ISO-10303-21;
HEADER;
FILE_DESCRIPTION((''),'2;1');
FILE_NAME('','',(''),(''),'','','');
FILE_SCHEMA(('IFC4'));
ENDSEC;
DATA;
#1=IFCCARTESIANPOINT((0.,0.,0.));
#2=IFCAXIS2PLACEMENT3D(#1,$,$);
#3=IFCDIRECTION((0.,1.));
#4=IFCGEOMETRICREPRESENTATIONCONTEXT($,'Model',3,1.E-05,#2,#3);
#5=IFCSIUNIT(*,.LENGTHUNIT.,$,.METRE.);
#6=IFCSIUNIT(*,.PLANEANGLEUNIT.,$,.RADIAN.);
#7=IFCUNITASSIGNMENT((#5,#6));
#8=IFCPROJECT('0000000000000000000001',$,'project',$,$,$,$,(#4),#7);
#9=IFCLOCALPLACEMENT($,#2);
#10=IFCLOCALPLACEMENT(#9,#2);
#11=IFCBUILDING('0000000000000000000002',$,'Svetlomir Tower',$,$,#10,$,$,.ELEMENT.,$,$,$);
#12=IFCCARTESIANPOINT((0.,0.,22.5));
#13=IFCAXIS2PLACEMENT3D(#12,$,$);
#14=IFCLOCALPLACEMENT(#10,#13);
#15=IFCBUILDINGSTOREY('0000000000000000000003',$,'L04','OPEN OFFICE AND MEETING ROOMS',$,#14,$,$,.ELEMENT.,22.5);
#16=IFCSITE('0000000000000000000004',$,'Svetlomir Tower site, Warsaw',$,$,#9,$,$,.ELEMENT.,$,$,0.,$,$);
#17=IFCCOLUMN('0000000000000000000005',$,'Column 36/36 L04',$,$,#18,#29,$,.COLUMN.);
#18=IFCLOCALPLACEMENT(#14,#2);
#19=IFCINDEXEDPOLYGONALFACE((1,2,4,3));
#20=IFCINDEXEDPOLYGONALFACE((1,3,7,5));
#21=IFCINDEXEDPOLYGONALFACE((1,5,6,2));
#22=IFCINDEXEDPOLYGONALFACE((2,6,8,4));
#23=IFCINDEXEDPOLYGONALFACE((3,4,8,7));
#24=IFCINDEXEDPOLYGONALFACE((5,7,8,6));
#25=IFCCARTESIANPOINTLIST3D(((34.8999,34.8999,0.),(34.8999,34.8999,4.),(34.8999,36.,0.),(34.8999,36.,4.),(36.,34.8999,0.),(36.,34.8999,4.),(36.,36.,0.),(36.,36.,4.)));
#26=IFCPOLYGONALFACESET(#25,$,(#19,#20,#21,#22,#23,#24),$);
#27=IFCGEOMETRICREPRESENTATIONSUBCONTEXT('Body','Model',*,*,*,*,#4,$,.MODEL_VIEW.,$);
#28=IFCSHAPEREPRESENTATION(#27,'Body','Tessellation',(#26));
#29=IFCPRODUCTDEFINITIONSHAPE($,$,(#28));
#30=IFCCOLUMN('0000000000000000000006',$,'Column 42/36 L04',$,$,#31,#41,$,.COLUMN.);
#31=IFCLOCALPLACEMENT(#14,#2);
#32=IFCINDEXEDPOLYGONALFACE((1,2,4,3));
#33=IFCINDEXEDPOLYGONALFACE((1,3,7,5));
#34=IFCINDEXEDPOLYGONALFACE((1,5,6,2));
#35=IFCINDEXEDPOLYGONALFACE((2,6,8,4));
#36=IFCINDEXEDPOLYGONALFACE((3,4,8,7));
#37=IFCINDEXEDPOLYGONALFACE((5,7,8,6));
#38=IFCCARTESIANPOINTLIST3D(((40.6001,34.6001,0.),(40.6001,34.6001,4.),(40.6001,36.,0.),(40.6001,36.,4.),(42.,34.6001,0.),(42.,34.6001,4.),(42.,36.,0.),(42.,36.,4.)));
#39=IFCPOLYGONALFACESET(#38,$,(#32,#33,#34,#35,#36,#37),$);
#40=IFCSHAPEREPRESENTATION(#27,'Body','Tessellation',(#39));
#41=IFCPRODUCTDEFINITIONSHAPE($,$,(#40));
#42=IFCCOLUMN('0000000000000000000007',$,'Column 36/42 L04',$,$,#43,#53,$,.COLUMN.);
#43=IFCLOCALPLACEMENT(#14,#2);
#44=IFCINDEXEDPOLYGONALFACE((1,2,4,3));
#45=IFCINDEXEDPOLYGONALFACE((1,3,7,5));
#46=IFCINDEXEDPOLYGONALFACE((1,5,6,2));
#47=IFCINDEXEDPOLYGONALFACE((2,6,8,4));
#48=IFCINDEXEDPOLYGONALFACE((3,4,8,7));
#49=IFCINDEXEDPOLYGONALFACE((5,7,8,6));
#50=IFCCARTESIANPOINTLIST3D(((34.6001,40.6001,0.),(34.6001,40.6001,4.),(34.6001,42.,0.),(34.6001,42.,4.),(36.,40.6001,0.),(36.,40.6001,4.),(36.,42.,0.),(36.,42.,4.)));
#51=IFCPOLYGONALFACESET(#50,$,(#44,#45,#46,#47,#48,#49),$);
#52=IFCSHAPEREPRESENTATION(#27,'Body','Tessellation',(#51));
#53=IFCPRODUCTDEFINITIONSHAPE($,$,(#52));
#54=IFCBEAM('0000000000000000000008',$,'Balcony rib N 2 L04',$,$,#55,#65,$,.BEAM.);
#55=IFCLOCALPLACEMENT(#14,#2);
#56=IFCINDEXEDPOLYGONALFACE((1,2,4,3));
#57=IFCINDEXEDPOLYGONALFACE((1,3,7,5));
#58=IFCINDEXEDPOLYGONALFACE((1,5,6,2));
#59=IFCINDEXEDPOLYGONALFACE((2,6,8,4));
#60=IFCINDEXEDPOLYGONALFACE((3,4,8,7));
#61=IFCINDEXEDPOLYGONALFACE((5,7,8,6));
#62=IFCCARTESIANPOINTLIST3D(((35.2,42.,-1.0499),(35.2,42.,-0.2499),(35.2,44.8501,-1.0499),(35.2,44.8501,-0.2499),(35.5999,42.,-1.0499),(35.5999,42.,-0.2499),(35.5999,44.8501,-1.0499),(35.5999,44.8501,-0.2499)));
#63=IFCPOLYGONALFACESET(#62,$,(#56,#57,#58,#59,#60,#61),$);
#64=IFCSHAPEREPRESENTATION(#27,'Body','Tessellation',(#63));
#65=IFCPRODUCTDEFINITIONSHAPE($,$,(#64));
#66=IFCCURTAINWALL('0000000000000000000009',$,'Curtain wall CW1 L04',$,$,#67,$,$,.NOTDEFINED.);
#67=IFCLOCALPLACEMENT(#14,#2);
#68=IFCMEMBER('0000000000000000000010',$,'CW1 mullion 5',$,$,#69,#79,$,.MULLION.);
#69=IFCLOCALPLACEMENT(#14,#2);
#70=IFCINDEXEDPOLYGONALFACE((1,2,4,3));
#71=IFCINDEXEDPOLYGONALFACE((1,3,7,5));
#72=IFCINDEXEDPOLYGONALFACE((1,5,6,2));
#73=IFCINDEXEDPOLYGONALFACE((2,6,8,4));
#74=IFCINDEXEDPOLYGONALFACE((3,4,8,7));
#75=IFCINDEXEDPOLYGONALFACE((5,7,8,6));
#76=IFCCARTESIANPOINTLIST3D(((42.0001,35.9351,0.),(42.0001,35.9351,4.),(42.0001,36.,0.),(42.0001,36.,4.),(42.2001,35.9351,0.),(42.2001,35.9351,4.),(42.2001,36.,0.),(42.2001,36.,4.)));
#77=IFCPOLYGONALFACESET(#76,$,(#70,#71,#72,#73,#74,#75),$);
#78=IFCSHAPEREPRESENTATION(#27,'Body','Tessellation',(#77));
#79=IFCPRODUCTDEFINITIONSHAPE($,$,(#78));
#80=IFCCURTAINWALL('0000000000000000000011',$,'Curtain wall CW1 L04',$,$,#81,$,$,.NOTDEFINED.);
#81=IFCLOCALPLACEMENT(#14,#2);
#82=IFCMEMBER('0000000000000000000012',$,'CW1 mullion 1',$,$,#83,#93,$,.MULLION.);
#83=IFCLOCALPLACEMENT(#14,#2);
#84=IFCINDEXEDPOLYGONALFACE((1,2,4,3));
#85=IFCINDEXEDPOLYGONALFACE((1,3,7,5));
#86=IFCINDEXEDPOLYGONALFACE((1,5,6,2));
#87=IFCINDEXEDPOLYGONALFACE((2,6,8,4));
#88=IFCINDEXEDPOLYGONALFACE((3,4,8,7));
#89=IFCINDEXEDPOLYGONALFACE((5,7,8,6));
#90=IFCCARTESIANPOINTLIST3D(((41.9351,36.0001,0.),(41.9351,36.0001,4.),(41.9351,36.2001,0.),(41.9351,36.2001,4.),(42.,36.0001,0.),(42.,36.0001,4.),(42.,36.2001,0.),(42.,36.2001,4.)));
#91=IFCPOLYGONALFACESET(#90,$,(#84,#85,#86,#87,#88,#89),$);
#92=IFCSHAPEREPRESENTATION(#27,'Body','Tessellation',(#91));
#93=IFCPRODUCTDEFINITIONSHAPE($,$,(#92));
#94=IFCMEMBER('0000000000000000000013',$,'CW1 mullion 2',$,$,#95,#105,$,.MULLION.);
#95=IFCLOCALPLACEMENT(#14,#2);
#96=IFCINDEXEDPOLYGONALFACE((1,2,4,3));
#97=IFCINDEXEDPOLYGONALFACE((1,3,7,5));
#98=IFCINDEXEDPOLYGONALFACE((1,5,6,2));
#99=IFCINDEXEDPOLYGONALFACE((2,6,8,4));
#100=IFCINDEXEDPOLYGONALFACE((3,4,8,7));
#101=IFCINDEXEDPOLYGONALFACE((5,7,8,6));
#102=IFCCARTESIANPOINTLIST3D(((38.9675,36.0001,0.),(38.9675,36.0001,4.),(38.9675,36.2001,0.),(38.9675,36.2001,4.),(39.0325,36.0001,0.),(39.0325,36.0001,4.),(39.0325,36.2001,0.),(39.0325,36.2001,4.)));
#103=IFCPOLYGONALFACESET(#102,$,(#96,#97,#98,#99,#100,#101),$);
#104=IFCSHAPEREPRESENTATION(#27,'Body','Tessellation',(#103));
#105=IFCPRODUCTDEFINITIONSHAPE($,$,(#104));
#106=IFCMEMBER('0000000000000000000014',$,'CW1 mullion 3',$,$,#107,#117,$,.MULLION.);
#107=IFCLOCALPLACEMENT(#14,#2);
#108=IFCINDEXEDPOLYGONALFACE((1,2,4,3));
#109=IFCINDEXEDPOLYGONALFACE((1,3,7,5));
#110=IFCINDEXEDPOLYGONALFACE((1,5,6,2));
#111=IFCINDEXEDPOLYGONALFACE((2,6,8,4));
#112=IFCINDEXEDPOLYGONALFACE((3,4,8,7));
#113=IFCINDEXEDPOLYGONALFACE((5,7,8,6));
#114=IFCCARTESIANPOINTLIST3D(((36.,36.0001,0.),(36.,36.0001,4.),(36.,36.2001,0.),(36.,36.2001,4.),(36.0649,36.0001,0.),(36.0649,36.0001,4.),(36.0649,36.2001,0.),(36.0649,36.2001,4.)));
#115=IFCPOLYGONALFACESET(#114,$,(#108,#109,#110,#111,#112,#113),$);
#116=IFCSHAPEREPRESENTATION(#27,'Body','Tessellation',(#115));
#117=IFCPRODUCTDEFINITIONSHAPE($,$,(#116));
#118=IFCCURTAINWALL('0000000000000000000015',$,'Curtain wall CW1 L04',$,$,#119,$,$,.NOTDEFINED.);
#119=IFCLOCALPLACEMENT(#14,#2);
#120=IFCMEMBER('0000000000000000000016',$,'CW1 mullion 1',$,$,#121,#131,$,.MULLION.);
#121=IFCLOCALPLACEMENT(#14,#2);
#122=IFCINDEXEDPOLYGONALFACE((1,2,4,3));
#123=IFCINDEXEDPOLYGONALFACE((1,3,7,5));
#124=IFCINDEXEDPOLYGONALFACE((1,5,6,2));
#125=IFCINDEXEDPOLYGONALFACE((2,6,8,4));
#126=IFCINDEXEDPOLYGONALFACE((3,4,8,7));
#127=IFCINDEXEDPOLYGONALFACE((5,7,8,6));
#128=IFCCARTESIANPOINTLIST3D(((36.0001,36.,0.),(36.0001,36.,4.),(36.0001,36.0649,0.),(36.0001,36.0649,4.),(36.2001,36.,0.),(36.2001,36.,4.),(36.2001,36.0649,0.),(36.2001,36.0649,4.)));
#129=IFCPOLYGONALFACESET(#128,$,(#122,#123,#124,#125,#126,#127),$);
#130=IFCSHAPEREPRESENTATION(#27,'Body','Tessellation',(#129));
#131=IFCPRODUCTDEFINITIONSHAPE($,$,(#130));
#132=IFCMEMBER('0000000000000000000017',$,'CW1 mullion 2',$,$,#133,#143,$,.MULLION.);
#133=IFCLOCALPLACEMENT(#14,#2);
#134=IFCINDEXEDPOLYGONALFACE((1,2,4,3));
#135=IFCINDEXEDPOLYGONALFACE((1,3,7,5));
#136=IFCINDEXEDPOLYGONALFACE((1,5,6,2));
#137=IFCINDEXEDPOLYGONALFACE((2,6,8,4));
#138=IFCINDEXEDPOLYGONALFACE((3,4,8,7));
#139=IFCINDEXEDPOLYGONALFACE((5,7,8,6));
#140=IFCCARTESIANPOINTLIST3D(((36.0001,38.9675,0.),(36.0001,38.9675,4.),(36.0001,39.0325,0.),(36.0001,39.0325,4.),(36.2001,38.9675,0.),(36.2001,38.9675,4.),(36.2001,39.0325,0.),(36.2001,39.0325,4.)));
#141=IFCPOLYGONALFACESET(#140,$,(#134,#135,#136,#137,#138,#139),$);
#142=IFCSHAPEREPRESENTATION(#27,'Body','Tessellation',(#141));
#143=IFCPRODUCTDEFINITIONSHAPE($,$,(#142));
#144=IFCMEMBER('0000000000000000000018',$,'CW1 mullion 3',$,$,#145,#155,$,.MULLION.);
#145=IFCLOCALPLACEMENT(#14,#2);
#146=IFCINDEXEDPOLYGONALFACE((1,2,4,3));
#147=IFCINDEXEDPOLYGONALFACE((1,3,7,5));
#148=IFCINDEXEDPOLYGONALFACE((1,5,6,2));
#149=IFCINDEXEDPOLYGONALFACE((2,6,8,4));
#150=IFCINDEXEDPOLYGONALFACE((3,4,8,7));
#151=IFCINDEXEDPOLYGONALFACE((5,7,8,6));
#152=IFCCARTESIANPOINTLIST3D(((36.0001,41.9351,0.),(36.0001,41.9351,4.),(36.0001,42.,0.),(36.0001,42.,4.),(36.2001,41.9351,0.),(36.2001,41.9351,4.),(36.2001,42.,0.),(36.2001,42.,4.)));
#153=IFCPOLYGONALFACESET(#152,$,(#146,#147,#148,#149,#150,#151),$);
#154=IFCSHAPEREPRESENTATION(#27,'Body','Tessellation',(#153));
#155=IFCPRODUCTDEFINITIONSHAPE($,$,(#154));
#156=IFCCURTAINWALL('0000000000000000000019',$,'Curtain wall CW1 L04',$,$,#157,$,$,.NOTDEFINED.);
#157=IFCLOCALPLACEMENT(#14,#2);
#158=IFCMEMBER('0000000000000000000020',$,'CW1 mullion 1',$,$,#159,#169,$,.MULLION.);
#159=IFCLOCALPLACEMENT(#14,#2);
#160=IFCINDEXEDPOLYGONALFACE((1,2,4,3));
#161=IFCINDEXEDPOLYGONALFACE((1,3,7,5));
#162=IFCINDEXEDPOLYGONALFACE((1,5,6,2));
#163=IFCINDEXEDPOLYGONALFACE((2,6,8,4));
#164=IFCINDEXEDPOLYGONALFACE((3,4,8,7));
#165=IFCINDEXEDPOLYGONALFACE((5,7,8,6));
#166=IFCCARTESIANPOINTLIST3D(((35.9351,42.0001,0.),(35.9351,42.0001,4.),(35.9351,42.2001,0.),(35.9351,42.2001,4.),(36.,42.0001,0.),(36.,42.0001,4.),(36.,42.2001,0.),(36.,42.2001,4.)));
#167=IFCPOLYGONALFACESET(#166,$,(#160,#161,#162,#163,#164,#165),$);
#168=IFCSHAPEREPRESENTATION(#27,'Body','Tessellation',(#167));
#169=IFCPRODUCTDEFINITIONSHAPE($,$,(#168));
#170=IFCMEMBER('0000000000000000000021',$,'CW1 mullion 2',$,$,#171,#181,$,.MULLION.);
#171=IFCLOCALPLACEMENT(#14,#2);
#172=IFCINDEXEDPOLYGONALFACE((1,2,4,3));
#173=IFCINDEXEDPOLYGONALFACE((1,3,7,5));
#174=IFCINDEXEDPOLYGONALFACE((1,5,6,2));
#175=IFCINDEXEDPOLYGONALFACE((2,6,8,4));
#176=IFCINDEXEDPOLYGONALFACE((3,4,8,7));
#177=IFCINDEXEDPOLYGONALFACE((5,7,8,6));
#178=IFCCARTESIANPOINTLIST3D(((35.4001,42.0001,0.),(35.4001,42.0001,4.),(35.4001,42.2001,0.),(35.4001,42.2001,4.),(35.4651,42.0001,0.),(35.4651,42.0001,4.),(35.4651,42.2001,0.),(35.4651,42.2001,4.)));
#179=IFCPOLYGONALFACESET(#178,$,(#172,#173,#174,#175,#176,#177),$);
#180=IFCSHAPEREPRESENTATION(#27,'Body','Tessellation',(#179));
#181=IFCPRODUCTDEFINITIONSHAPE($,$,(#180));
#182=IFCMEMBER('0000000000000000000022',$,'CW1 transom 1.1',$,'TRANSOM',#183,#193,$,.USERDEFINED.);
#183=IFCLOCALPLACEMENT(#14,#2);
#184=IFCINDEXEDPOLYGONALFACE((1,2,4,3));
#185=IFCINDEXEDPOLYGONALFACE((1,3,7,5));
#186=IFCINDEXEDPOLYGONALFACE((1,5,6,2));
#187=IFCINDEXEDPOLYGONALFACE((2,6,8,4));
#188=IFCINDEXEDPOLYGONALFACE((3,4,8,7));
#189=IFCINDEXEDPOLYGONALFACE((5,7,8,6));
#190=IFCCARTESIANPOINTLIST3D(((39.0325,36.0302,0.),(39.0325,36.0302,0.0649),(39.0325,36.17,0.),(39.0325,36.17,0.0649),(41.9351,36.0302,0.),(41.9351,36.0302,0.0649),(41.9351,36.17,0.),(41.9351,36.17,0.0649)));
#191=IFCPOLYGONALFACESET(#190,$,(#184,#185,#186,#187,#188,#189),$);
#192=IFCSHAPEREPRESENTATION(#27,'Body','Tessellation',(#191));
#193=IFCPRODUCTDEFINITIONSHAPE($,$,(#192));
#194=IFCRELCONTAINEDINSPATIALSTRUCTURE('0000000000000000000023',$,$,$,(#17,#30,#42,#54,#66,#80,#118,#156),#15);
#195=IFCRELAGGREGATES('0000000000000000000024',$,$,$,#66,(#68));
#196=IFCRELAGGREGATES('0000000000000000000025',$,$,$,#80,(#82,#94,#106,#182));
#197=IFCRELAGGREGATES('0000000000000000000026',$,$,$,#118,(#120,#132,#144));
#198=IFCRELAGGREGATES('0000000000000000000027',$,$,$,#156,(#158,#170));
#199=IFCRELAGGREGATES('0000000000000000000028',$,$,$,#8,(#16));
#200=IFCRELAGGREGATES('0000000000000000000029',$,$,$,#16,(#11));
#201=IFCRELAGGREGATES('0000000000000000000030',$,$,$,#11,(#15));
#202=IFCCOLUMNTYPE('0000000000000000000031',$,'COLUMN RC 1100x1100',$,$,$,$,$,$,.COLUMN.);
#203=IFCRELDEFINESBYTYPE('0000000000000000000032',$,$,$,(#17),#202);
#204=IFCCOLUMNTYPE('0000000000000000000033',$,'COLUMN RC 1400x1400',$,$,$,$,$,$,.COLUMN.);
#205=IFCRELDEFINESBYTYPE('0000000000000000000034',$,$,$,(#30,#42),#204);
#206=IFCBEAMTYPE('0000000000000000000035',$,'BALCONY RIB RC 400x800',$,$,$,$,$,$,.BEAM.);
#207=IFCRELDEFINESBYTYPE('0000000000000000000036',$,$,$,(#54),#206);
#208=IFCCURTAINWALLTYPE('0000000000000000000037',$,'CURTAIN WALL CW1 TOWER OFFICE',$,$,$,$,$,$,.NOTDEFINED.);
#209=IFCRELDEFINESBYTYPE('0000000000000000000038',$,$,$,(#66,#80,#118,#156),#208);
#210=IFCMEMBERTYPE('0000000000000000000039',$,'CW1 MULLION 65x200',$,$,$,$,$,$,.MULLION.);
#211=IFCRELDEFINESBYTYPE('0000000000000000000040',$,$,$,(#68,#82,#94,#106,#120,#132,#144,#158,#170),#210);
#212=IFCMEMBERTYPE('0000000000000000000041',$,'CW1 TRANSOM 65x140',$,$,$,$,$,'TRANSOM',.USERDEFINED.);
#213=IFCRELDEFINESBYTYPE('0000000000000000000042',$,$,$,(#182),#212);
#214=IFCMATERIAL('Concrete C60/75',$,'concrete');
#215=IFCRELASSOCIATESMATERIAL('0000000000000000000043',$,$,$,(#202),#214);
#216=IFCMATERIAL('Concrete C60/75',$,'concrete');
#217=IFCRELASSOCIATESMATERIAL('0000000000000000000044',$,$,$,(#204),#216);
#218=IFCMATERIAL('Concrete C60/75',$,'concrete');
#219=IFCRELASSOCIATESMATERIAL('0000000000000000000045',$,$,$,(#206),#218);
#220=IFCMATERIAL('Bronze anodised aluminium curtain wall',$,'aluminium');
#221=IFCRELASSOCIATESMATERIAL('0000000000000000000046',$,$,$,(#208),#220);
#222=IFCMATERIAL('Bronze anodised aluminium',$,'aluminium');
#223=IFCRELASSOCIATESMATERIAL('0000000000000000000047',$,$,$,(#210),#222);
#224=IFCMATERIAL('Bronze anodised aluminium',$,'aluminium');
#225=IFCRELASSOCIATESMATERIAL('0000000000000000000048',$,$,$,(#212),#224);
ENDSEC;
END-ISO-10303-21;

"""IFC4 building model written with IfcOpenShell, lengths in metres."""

from ifc_helpers import new_model, si_unit, direction, frame, origin, origin_2d, place, context, subcontext, project, spatial, rectangle, extrude, material, material_profile, profile_set, type_object, element, aggregate, save


model = new_model("IFC4")

# Units and contexts
model_context = context("Model", 3, precision=1e-05, world=origin(), true_north=direction((0.0, 1.0)))
body_context = subcontext(model_context, "Body", "Model", "MODEL_VIEW")
ifc_project = project(units=[si_unit("LENGTHUNIT", "METRE"), si_unit("PLANEANGLEUNIT", "RADIAN")], contexts=[model_context])

# Site, building, storey
site_placement = place(None, origin())
site = spatial("IfcSite", under=ifc_project, at=site_placement, Name="Svetlomir Tower site, Warsaw", CompositionType="ELEMENT", RefElevation=0.0)
building_placement = place(site_placement, origin())
building = spatial("IfcBuilding", under=site, at=building_placement, Name="Svetlomir Tower", CompositionType="ELEMENT")
storey_placement = place(building_placement, frame((0.0, 0.0, 22.5)))
storey = spatial("IfcBuildingStorey", under=building, at=storey_placement, Name="L04", Description="OPEN OFFICE AND MEETING ROOMS", CompositionType="ELEMENT", Elevation=22.5)

# Columns
ifc_material_1 = material(Name="Concrete C60/75", Category="concrete")
ifc_material_profile_1 = material_profile(ifc_material_1, rectangle(XDim=1.1001, YDim=1.1001, at=origin_2d()), Name="RC 1100x1100")
ifc_profile_set_1 = profile_set([ifc_material_profile_1], Name="Concrete C60/75")
column_type_1 = type_object("IfcColumnType", Name="COLUMN RC 1100x1100", PredefinedType="COLUMN", material=ifc_profile_set_1)
column_placement = place(storey_placement, frame((35.45, 35.45, 0.0), z_axis=(0.0, 0.0, 1.0), x_axis=(1.0, 0.0, 0.0)))
element("IfcColumn", 1, at=column_placement, inside=storey, type_object=column_type_1, Name="Column 36/36 L04", PredefinedType="COLUMN", context=body_context, shape_type="SweptSolid", body=[
    extrude(rectangle(XDim=1.1001, YDim=1.1001, at=origin_2d()), origin(), (0.0, 0.0, 1.0), 4.0),
])
ifc_material_2 = material(Name="Concrete C60/75", Category="concrete")
ifc_material_profile_2 = material_profile(ifc_material_2, rectangle(XDim=1.3999, YDim=1.3999, at=origin_2d()), Name="RC 1400x1400")
ifc_profile_set_2 = profile_set([ifc_material_profile_2], Name="Concrete C60/75")
column_type_2 = type_object("IfcColumnType", Name="COLUMN RC 1400x1400", PredefinedType="COLUMN", material=ifc_profile_set_2)
for number, where, z_axis, x_axis, name in (
    (2, (41.3, 35.3, 0.0), (0.0, 0.0, 1.0), (1.0, 0.0, 0.0), "Column 42/36 L04"),
    (3, (35.3, 41.3, 0.0), (0.0, 0.0, 1.0), (1.0, 0.0, 0.0), "Column 36/42 L04"),
):
    element("IfcColumn", number, at=place(storey_placement, frame(where, z_axis=z_axis, x_axis=x_axis)), inside=storey, type_object=column_type_2, Name=name, PredefinedType="COLUMN", context=body_context, shape_type="SweptSolid", body=[
        extrude(rectangle(XDim=1.3999, YDim=1.3999, at=origin_2d()), origin(), (0.0, 0.0, 1.0), 4.0),
    ])

# Beam
ifc_material_3 = material(Name="Concrete C60/75", Category="concrete")
ifc_material_profile_3 = material_profile(ifc_material_3, rectangle(XDim=0.3999, YDim=0.8, at=origin_2d()), Name="RC 400x800")
ifc_profile_set_3 = profile_set([ifc_material_profile_3], Name="Concrete C60/75")
beam_type_1 = type_object("IfcBeamType", Name="BALCONY RIB RC 400x800", PredefinedType="BEAM", material=ifc_profile_set_3)
beam_placement = place(storey_placement, frame((35.3999, 42.0, -0.6499), z_axis=(0.0, 1.0, 0.0), x_axis=(-1.0, 0.0, 0.0)))
element("IfcBeam", 4, at=beam_placement, inside=storey, type_object=beam_type_1, Name="Balcony rib N 2 L04", PredefinedType="BEAM", context=body_context, shape_type="SweptSolid", body=[
    extrude(rectangle(XDim=0.3999, YDim=0.8, at=origin_2d()), origin(), (0.0, 0.0, 1.0), 2.8501),
])

# Curtain wall, member
ifc_material_4 = material(Name="Bronze anodised aluminium curtain wall", Category="aluminium")
curtain_wall_type = type_object("IfcCurtainWallType", Name="CURTAIN WALL CW1 TOWER OFFICE", PredefinedType="NOTDEFINED", material=ifc_material_4)
curtain_wall_1_placement = place(storey_placement, origin())
curtain_wall_1 = element("IfcCurtainWall", 5, at=curtain_wall_1_placement, inside=storey, type_object=curtain_wall_type, Name="Curtain wall CW1 L04", PredefinedType="NOTDEFINED")
ifc_material_5 = material(Name="Bronze anodised aluminium", Category="aluminium")
ifc_material_profile_4 = material_profile(ifc_material_5, rectangle(XDim=0.0649, YDim=0.2, at=origin_2d()), Name="AL 65x200")
ifc_profile_set_4 = profile_set([ifc_material_profile_4], Name="Bronze anodised aluminium 6063-T6")
member_type_1 = type_object("IfcMemberType", Name="CW1 MULLION 65x200", PredefinedType="MULLION", material=ifc_profile_set_4)
member_1_placement = place(storey_placement, frame((42.1001, 35.9675, 0.0), z_axis=(0.0, 0.0, 1.0), x_axis=(0.0, 1.0, 0.0)))
member_1 = element("IfcMember", 6, at=member_1_placement, type_object=member_type_1, Name="CW1 mullion 5", PredefinedType="MULLION", context=body_context, shape_type="SweptSolid", body=[
    extrude(rectangle(XDim=0.0649, YDim=0.2, at=origin_2d()), origin(), (0.0, 0.0, 1.0), 4.0),
])

# Curtain walls, members
curtain_wall_2_placement = place(storey_placement, origin())
curtain_wall_2 = element("IfcCurtainWall", 7, at=curtain_wall_2_placement, inside=storey, type_object=curtain_wall_type, Name="Curtain wall CW1 L04", PredefinedType="NOTDEFINED")
member_2_placement = place(storey_placement, frame((41.9675, 36.1001, 0.0), z_axis=(0.0, 0.0, 1.0), x_axis=(-1.0, 0.0, 0.0)))
member_2 = element("IfcMember", 8, at=member_2_placement, type_object=member_type_1, Name="CW1 mullion 1", PredefinedType="MULLION", context=body_context, shape_type="SweptSolid", body=[
    extrude(rectangle(XDim=0.0649, YDim=0.2, at=origin_2d()), origin(), (0.0, 0.0, 1.0), 4.0),
])
member_3_placement = place(storey_placement, frame((39.0, 36.1001, 0.0), z_axis=(0.0, 0.0, 1.0), x_axis=(-1.0, 0.0, 0.0)))
member_3 = element("IfcMember", 9, at=member_3_placement, type_object=member_type_1, Name="CW1 mullion 2", PredefinedType="MULLION", context=body_context, shape_type="SweptSolid", body=[
    extrude(rectangle(XDim=0.0649, YDim=0.2, at=origin_2d()), origin(), (0.0, 0.0, 1.0), 4.0),
])
member_4_placement = place(storey_placement, frame((36.0325, 36.1001, 0.0), z_axis=(0.0, 0.0, 1.0), x_axis=(-1.0, 0.0, 0.0)))
member_4 = element("IfcMember", 10, at=member_4_placement, type_object=member_type_1, Name="CW1 mullion 3", PredefinedType="MULLION", context=body_context, shape_type="SweptSolid", body=[
    extrude(rectangle(XDim=0.0649, YDim=0.2, at=origin_2d()), origin(), (0.0, 0.0, 1.0), 4.0),
])
curtain_wall_3_placement = place(storey_placement, origin())
curtain_wall_3 = element("IfcCurtainWall", 11, at=curtain_wall_3_placement, inside=storey, type_object=curtain_wall_type, Name="Curtain wall CW1 L04", PredefinedType="NOTDEFINED")
member_5_placement = place(storey_placement, frame((36.1001, 36.0325, 0.0), z_axis=(0.0, 0.0, 1.0), x_axis=(0.0, 1.0, 0.0)))
member_5 = element("IfcMember", 12, at=member_5_placement, type_object=member_type_1, Name="CW1 mullion 1", PredefinedType="MULLION", context=body_context, shape_type="SweptSolid", body=[
    extrude(rectangle(XDim=0.0649, YDim=0.2, at=origin_2d()), origin(), (0.0, 0.0, 1.0), 4.0),
])
member_6_placement = place(storey_placement, frame((36.1001, 39.0, 0.0), z_axis=(0.0, 0.0, 1.0), x_axis=(0.0, 1.0, 0.0)))
member_6 = element("IfcMember", 13, at=member_6_placement, type_object=member_type_1, Name="CW1 mullion 2", PredefinedType="MULLION", context=body_context, shape_type="SweptSolid", body=[
    extrude(rectangle(XDim=0.0649, YDim=0.2, at=origin_2d()), origin(), (0.0, 0.0, 1.0), 4.0),
])
member_7_placement = place(storey_placement, frame((36.1001, 41.9675, 0.0), z_axis=(0.0, 0.0, 1.0), x_axis=(0.0, 1.0, 0.0)))
member_7 = element("IfcMember", 14, at=member_7_placement, type_object=member_type_1, Name="CW1 mullion 3", PredefinedType="MULLION", context=body_context, shape_type="SweptSolid", body=[
    extrude(rectangle(XDim=0.0649, YDim=0.2, at=origin_2d()), origin(), (0.0, 0.0, 1.0), 4.0),
])
curtain_wall_4_placement = place(storey_placement, origin())
curtain_wall_4 = element("IfcCurtainWall", 15, at=curtain_wall_4_placement, inside=storey, type_object=curtain_wall_type, Name="Curtain wall CW1 L04", PredefinedType="NOTDEFINED")
member_8_placement = place(storey_placement, frame((35.9675, 42.1001, 0.0), z_axis=(0.0, 0.0, 1.0), x_axis=(-1.0, 0.0, 0.0)))
member_8 = element("IfcMember", 16, at=member_8_placement, type_object=member_type_1, Name="CW1 mullion 1", PredefinedType="MULLION", context=body_context, shape_type="SweptSolid", body=[
    extrude(rectangle(XDim=0.0649, YDim=0.2, at=origin_2d()), origin(), (0.0, 0.0, 1.0), 4.0),
])
member_9_placement = place(storey_placement, frame((35.4326, 42.1001, 0.0), z_axis=(0.0, 0.0, 1.0), x_axis=(-1.0, 0.0, 0.0)))
member_9 = element("IfcMember", 17, at=member_9_placement, type_object=member_type_1, Name="CW1 mullion 2", PredefinedType="MULLION", context=body_context, shape_type="SweptSolid", body=[
    extrude(rectangle(XDim=0.0649, YDim=0.2, at=origin_2d()), origin(), (0.0, 0.0, 1.0), 4.0),
])

# Member
ifc_material_6 = material(Name="Bronze anodised aluminium", Category="aluminium")
ifc_material_profile_5 = material_profile(ifc_material_6, rectangle(XDim=0.1399, YDim=0.0649, at=origin_2d()), Name="AL 140x65")
ifc_profile_set_5 = profile_set([ifc_material_profile_5], Name="Bronze anodised aluminium 6063-T6")
member_type_2 = type_object("IfcMemberType", Name="CW1 TRANSOM 65x140", ElementType="TRANSOM", PredefinedType="USERDEFINED", material=ifc_profile_set_5)
member_10_placement = place(storey_placement, frame((41.9351, 36.1001, 0.0325), z_axis=(-1.0, 0.0, 0.0), x_axis=(0.0, -1.0, 0.0)))
member_10 = element("IfcMember", 18, at=member_10_placement, type_object=member_type_2, Name="CW1 transom 1.1", ObjectType="TRANSOM", PredefinedType="USERDEFINED", context=body_context, shape_type="SweptSolid", body=[
    extrude(rectangle(XDim=0.1399, YDim=0.0649, at=origin_2d()), origin(), (0.0, 0.0, 1.0), 2.9026),
])

aggregate(curtain_wall_1, [member_1])
aggregate(curtain_wall_2, [member_2, member_3, member_4, member_10])
aggregate(curtain_wall_3, [member_5, member_6, member_7])
aggregate(curtain_wall_4, [member_8, member_9])

save(model, "model.ifc")
